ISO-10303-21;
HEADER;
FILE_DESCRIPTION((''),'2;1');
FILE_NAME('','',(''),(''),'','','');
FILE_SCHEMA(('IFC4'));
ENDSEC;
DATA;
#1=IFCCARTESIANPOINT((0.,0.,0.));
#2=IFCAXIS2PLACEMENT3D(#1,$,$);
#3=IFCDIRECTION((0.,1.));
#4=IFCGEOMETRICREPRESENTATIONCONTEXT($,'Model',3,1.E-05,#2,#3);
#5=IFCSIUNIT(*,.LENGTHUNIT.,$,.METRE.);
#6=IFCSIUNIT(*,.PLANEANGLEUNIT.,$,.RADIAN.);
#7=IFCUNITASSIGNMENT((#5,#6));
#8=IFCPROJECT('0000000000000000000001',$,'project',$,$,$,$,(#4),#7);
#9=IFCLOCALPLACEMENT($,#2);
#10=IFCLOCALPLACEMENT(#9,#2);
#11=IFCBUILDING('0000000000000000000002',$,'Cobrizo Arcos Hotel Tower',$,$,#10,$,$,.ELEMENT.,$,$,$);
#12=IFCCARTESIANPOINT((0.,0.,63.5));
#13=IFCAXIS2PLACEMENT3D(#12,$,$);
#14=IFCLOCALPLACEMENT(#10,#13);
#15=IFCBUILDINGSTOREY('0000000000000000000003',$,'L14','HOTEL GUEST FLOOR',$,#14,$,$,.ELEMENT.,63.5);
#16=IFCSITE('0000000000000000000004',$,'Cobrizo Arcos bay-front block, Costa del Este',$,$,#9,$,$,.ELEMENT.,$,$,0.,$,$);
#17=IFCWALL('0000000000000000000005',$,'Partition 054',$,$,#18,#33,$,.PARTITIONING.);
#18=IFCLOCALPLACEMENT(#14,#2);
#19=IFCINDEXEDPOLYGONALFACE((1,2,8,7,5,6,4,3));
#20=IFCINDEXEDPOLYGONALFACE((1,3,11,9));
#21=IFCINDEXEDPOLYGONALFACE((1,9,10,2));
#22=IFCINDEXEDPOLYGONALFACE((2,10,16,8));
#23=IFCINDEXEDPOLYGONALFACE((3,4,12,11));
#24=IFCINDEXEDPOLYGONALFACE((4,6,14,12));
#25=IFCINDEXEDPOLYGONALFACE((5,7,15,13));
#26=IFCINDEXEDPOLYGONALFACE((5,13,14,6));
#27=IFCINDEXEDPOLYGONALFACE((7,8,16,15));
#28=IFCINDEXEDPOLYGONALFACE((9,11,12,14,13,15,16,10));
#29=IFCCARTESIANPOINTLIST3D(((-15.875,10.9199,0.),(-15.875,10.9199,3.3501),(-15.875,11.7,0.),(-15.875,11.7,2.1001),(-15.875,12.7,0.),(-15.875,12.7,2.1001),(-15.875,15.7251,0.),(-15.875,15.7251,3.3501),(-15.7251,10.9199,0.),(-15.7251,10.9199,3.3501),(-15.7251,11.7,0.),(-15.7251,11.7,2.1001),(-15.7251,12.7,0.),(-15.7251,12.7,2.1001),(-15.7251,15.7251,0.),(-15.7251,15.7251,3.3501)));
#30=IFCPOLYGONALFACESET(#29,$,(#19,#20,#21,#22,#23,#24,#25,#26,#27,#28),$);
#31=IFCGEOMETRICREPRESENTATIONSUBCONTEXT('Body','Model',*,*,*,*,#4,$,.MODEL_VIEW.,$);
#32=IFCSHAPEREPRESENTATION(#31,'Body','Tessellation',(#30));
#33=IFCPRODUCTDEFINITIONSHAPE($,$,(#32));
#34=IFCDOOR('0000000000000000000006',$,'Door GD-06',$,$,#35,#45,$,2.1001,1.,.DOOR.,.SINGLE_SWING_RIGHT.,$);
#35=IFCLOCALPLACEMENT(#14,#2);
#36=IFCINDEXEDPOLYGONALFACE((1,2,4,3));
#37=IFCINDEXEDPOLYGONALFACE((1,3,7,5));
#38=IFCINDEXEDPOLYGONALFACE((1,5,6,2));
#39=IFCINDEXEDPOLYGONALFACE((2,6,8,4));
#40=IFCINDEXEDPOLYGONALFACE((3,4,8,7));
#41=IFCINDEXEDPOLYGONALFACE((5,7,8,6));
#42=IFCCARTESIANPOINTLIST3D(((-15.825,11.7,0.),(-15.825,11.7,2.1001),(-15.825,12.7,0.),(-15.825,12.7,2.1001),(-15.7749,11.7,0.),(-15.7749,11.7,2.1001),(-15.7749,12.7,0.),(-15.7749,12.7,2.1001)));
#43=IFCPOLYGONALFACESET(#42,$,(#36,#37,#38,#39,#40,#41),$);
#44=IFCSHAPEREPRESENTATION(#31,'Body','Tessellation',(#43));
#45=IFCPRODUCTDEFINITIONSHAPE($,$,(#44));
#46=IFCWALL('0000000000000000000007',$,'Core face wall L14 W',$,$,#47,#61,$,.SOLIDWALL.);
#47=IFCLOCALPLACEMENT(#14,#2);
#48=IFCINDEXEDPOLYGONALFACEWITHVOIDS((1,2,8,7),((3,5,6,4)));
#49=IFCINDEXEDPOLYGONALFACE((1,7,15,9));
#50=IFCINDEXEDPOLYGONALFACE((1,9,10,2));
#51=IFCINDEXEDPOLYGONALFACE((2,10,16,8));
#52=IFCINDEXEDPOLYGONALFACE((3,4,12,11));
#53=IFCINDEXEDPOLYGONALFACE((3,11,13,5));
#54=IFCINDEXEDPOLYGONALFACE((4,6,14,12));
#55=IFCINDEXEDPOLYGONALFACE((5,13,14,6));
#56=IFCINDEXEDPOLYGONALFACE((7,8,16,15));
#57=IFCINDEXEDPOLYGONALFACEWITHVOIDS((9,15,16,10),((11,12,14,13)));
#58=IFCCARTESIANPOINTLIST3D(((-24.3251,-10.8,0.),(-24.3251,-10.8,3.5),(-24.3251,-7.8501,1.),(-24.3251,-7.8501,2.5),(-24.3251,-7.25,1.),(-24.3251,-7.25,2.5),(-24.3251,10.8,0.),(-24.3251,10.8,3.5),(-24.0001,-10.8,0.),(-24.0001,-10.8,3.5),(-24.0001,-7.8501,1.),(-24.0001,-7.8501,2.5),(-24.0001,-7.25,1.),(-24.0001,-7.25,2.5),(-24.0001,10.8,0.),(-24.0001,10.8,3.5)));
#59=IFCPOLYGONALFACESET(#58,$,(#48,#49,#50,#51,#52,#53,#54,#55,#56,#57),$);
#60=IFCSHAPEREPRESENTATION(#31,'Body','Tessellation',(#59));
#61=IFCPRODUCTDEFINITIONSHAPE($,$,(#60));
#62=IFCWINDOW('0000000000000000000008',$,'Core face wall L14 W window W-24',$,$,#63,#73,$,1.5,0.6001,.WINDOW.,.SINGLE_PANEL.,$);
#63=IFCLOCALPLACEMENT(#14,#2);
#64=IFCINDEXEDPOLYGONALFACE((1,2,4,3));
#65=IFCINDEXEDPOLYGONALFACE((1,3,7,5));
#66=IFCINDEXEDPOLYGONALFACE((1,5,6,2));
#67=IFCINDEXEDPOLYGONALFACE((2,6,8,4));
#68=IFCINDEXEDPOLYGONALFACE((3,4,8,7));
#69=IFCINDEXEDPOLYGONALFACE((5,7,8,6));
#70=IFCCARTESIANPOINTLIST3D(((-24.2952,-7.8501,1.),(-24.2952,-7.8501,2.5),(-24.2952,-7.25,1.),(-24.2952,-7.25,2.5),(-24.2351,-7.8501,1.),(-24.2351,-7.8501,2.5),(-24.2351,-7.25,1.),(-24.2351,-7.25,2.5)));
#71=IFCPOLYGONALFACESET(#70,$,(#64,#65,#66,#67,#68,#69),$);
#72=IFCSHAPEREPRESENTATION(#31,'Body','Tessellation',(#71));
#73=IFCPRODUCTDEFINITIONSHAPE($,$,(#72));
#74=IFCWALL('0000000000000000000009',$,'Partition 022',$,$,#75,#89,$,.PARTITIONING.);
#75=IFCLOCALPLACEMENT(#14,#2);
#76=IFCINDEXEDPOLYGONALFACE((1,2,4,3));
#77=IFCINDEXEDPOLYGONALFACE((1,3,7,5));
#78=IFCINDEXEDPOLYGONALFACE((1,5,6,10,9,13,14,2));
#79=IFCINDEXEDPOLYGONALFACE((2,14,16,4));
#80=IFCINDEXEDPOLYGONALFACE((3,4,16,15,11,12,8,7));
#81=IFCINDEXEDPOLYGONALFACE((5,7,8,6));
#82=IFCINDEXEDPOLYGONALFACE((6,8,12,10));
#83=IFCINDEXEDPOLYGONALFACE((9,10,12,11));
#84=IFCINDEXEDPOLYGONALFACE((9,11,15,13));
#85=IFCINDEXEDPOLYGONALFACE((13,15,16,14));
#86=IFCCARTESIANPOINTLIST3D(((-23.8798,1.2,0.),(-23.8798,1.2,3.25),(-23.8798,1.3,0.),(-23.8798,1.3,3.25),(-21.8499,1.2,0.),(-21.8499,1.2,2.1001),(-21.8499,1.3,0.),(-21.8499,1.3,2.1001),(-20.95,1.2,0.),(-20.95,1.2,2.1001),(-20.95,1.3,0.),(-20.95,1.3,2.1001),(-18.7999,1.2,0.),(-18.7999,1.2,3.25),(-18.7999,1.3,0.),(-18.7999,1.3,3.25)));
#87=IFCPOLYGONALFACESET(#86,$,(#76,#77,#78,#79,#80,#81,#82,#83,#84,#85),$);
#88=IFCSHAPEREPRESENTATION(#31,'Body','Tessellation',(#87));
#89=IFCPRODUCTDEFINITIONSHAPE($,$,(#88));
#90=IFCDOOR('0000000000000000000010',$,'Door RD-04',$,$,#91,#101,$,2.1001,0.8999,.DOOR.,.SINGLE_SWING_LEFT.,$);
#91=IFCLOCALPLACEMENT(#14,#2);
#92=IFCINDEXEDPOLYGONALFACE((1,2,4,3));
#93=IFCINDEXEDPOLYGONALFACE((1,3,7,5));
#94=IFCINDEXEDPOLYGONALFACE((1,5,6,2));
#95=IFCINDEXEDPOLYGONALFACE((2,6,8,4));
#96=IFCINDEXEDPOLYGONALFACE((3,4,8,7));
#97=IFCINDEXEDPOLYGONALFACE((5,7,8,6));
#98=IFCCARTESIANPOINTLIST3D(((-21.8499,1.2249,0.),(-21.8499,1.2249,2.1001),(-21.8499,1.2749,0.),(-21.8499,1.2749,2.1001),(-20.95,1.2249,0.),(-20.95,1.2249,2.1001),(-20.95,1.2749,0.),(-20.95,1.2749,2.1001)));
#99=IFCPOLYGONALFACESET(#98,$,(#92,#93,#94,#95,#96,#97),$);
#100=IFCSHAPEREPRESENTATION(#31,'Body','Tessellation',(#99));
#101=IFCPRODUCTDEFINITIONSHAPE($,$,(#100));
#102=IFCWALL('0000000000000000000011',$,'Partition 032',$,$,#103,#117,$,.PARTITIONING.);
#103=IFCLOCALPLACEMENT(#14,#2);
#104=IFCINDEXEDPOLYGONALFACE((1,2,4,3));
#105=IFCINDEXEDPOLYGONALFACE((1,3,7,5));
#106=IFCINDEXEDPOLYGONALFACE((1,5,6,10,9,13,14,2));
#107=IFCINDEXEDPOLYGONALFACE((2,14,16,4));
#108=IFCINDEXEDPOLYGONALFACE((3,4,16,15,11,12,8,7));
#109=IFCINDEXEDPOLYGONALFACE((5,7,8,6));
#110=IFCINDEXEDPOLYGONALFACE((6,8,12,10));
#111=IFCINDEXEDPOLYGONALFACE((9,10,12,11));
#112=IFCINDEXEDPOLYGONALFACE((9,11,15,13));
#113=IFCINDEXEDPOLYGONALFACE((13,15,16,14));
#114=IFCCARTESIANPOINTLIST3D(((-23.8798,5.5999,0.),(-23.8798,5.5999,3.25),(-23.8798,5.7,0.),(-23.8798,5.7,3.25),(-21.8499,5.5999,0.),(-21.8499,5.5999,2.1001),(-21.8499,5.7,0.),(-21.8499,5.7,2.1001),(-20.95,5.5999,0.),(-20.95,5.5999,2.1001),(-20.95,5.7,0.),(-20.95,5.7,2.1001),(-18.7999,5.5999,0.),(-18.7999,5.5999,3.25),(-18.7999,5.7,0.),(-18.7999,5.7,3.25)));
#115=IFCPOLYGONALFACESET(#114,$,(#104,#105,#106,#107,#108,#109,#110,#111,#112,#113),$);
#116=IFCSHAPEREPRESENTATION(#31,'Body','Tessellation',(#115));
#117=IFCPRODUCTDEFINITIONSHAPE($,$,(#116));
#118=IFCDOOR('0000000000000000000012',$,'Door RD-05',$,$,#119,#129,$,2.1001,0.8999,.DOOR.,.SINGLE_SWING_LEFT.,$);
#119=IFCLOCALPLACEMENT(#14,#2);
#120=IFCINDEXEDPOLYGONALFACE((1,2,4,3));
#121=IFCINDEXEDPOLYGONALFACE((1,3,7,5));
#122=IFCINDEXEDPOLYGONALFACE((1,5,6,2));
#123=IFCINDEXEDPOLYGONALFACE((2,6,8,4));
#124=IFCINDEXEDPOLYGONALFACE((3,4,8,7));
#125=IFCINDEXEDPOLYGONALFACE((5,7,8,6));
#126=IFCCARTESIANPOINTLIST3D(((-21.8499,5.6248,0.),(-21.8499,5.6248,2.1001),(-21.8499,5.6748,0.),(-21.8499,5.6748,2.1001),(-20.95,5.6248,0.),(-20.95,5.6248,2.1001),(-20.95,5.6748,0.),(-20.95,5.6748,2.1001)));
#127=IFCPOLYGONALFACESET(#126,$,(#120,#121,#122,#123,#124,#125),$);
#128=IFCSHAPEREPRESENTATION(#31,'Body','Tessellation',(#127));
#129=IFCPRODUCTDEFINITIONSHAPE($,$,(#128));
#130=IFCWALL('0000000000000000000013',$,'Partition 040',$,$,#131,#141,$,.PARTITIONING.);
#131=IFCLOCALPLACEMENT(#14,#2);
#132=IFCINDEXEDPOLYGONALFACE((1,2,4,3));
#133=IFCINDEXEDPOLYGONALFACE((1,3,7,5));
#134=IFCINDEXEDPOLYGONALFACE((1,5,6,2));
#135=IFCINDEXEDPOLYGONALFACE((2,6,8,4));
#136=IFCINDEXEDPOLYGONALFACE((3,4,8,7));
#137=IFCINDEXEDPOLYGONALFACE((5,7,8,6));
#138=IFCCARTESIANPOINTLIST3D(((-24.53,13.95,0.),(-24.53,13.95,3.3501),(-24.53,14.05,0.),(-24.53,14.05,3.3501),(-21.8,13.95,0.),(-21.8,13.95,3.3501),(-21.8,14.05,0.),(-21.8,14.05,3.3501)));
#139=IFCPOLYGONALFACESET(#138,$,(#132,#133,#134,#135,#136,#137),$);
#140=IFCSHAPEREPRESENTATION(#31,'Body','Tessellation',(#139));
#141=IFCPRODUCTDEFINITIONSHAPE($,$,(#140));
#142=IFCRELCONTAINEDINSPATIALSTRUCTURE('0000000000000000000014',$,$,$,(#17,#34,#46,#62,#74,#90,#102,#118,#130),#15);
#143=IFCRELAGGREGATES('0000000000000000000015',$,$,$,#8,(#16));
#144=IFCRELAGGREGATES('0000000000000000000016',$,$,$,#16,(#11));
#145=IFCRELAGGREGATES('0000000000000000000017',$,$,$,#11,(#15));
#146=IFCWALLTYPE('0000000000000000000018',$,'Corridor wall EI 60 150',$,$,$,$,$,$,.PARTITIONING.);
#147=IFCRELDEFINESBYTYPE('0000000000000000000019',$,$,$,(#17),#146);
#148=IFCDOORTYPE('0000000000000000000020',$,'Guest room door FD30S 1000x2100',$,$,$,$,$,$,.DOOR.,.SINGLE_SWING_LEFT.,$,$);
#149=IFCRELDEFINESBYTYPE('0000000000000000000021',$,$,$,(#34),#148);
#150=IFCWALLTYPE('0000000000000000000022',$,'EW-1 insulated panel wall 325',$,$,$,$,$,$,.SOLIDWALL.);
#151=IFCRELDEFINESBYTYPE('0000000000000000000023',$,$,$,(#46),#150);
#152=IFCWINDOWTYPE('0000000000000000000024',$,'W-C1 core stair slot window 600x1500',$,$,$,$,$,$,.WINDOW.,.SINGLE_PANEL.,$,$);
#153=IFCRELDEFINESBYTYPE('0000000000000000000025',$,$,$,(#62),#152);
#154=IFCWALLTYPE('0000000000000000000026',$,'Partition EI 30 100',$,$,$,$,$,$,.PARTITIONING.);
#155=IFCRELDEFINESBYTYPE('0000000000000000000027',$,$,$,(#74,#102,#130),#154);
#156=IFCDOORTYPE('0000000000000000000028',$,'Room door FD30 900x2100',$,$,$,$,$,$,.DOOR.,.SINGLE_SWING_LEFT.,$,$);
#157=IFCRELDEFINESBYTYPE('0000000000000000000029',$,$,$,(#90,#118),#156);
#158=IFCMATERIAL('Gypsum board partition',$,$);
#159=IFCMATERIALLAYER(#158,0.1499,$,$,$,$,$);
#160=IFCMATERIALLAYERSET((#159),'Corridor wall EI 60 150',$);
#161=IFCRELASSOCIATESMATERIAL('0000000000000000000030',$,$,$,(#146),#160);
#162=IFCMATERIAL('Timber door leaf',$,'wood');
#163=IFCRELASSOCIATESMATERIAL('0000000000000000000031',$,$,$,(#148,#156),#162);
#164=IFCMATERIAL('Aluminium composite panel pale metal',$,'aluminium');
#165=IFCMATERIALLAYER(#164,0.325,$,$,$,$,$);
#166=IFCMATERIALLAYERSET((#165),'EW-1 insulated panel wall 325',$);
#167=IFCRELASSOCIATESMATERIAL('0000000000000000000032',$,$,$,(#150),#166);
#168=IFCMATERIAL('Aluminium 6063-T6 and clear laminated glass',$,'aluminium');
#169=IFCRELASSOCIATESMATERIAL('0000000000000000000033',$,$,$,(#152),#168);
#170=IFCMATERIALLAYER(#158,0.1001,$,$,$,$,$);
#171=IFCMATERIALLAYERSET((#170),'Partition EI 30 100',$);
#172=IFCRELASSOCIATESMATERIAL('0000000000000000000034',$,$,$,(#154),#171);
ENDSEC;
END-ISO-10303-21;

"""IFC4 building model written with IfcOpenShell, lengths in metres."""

from ifc_helpers import new_model, si_unit, direction, frame, frame_2d, origin, place, context, subcontext, project, spatial, rectangle, extrude, material, layer, layer_set, type_object, element, fill, save


model = new_model("IFC4")

# Units and contexts
model_context = context("Model", 3, precision=1e-05, world=origin(), true_north=direction((0.0, 1.0)))
body_context = subcontext(model_context, "Body", "Model", "MODEL_VIEW")
ifc_project = project(units=[si_unit("LENGTHUNIT", "METRE"), si_unit("PLANEANGLEUNIT", "RADIAN")], contexts=[model_context])

# Site, building, storey
site_placement = place(None, origin())
site = spatial("IfcSite", under=ifc_project, at=site_placement, Name="Cobrizo Arcos bay-front block, Costa del Este", CompositionType="ELEMENT", RefElevation=0.0)
building_placement = place(site_placement, origin())
building = spatial("IfcBuilding", under=site, at=building_placement, Name="Cobrizo Arcos Hotel Tower", CompositionType="ELEMENT")
storey_placement = place(building_placement, frame((0.0, 0.0, 63.5)))
storey = spatial("IfcBuildingStorey", under=building, at=storey_placement, Name="L14", Description="HOTEL GUEST FLOOR", CompositionType="ELEMENT", Elevation=63.5)

# Shared definitions
ifc_material_1 = material(Name="Aluminium composite panel pale metal", Category="aluminium")

# Wall, opening, door
ifc_material_2 = material(Name="Gypsum board partition")
ifc_layer_1 = layer(ifc_material_2, 0.1499)
ifc_layer_set_1 = layer_set([ifc_layer_1], Name="Corridor wall EI 60 150")
wall_type_1 = type_object("IfcWallType", Name="Corridor wall EI 60 150", PredefinedType="PARTITIONING", material=ifc_layer_set_1)
wall_1_placement = place(storey_placement, frame((-15.8, 10.9199, 0.0), z_axis=(0.0, 0.0, 1.0), x_axis=(0.0, 1.0, 0.0)))
wall_1 = element("IfcWall", 1, at=wall_1_placement, inside=storey, type_object=wall_type_1, Name="Partition 054", PredefinedType="PARTITIONING", context=body_context, shape_type="SweptSolid", body=[
    extrude(rectangle(XDim=4.8052, YDim=0.1499, at=frame_2d((2.4026, 0.0))), origin(), (0.0, 0.0, 1.0), 3.3501),
])
opening_1_placement = place(wall_1_placement, frame((0.78, 0.0, 0.0)))
opening_1 = element("IfcOpeningElement", 2, at=opening_1_placement, cuts=wall_1, PredefinedType="OPENING", context=body_context, shape_type="SweptSolid", body=[
    extrude(rectangle(XDim=1.0, YDim=2.1001, at=frame_2d((0.5, 1.05))), frame((0.0, 0.0869, 0.0), z_axis=(0.0, -1.0, 0.0), x_axis=(1.0, 0.0, 0.0)), (0.0, 0.0, 1.0), 0.1738),
])
ifc_material_3 = material(Name="Timber door leaf", Category="wood")
door_type_1 = type_object("IfcDoorType", Name="Guest room door FD30S 1000x2100", OperationType="SINGLE_SWING_LEFT", PredefinedType="DOOR", material=ifc_material_3)
door_1_placement = place(opening_1_placement, origin())
door_1 = element("IfcDoor", 3, at=door_1_placement, inside=storey, type_object=door_type_1, Name="Door GD-06", OperationType="SINGLE_SWING_RIGHT", OverallHeight=2.1001, OverallWidth=1.0, PredefinedType="DOOR", context=body_context, shape_type="SweptSolid", body=[
    extrude(rectangle(XDim=1.0, YDim=2.1001, at=frame_2d((0.5, 1.05))), frame((0.0, 0.0249, 0.0), z_axis=(0.0, -1.0, 0.0), x_axis=(1.0, 0.0, 0.0)), (0.0, 0.0, 1.0), 0.05),
])
fill(opening_1, door_1)

# Wall, opening, window
ifc_layer_2 = layer(ifc_material_1, 0.325)
ifc_layer_set_2 = layer_set([ifc_layer_2], Name="EW-1 insulated panel wall 325")
wall_type_2 = type_object("IfcWallType", Name="EW-1 insulated panel wall 325", PredefinedType="SOLIDWALL", material=ifc_layer_set_2)
wall_2_placement = place(storey_placement, frame((-24.1626, 10.8, 0.0), z_axis=(0.0, 0.0, 1.0), x_axis=(0.0, -1.0, 0.0)))
wall_2 = element("IfcWall", 4, at=wall_2_placement, inside=storey, type_object=wall_type_2, Name="Core face wall L14 W", PredefinedType="SOLIDWALL", context=body_context, shape_type="SweptSolid", body=[
    extrude(rectangle(XDim=21.6001, YDim=0.325, at=frame_2d((10.8, 0.0))), origin(), (0.0, 0.0, 1.0), 3.5),
])
opening_2_placement = place(wall_2_placement, frame((18.05, 0.0, 1.0)))
opening_2 = element("IfcOpeningElement", 5, at=opening_2_placement, cuts=wall_2, PredefinedType="OPENING", context=body_context, shape_type="SweptSolid", body=[
    extrude(rectangle(XDim=0.6001, YDim=1.5, at=frame_2d((0.3, 0.75))), frame((0.0, 0.1746, 0.0), z_axis=(0.0, -1.0, 0.0), x_axis=(1.0, 0.0, 0.0)), (0.0, 0.0, 1.0), 0.3489),
])
ifc_material_4 = material(Name="Aluminium 6063-T6 and clear laminated glass", Category="aluminium")
window_type = type_object("IfcWindowType", Name="W-C1 core stair slot window 600x1500", PartitioningType="SINGLE_PANEL", PredefinedType="WINDOW", material=ifc_material_4)
window_placement = place(opening_2_placement, origin())
window = element("IfcWindow", 6, at=window_placement, inside=storey, type_object=window_type, Name="Core face wall L14 W window W-24", OverallHeight=1.5, OverallWidth=0.6001, PartitioningType="SINGLE_PANEL", PredefinedType="WINDOW", context=body_context, shape_type="SweptSolid", body=[
    extrude(rectangle(XDim=0.6001, YDim=1.5, at=frame_2d((0.3, 0.75))), frame((0.0, -0.0725, 0.0), z_axis=(0.0, -1.0, 0.0), x_axis=(1.0, 0.0, 0.0)), (0.0, 0.0, 1.0), 0.0601),
])
fill(opening_2, window)

# Walls, openings, doors
ifc_layer_3 = layer(ifc_material_2, 0.1001)
ifc_layer_set_3 = layer_set([ifc_layer_3], Name="Partition EI 30 100")
wall_type_3 = type_object("IfcWallType", Name="Partition EI 30 100", PredefinedType="PARTITIONING", material=ifc_layer_set_3)
wall_3_placement = place(storey_placement, frame((-23.8799, 1.25, 0.0), z_axis=(0.0, 0.0, 1.0), x_axis=(1.0, 0.0, 0.0)))
wall_3 = element("IfcWall", 7, at=wall_3_placement, inside=storey, type_object=wall_type_3, Name="Partition 022", PredefinedType="PARTITIONING", context=body_context, shape_type="SweptSolid", body=[
    extrude(rectangle(XDim=5.0798, YDim=0.1001, at=frame_2d((2.54, 0.0))), origin(), (0.0, 0.0, 1.0), 3.25),
])
opening_3_placement = place(wall_3_placement, frame((2.03, 0.0, 0.0)))
opening_3 = element("IfcOpeningElement", 8, at=opening_3_placement, cuts=wall_3, PredefinedType="OPENING", context=body_context, shape_type="SweptSolid", body=[
    extrude(rectangle(XDim=0.8999, YDim=2.1001, at=frame_2d((0.45, 1.05))), frame((0.0, 0.062, 0.0), z_axis=(0.0, -1.0, 0.0), x_axis=(1.0, 0.0, 0.0)), (0.0, 0.0, 1.0), 0.124),
])
door_type_2 = type_object("IfcDoorType", Name="Room door FD30 900x2100", OperationType="SINGLE_SWING_LEFT", PredefinedType="DOOR", material=ifc_material_3)
door_2_placement = place(opening_3_placement, origin())
door_2 = element("IfcDoor", 9, at=door_2_placement, inside=storey, type_object=door_type_2, Name="Door RD-04", OperationType="SINGLE_SWING_LEFT", OverallHeight=2.1001, OverallWidth=0.8999, PredefinedType="DOOR", context=body_context, shape_type="SweptSolid", body=[
    extrude(rectangle(XDim=0.8999, YDim=2.1001, at=frame_2d((0.45, 1.05))), frame((0.0, 0.0249, 0.0), z_axis=(0.0, -1.0, 0.0), x_axis=(1.0, 0.0, 0.0)), (0.0, 0.0, 1.0), 0.05),
])
fill(opening_3, door_2)
wall_4_placement = place(storey_placement, frame((-23.8799, 5.6499, 0.0), z_axis=(0.0, 0.0, 1.0), x_axis=(1.0, 0.0, 0.0)))
wall_4 = element("IfcWall", 10, at=wall_4_placement, inside=storey, type_object=wall_type_3, Name="Partition 032", PredefinedType="PARTITIONING", context=body_context, shape_type="SweptSolid", body=[
    extrude(rectangle(XDim=5.0798, YDim=0.1001, at=frame_2d((2.54, 0.0))), origin(), (0.0, 0.0, 1.0), 3.25),
])
opening_4_placement = place(wall_4_placement, frame((2.03, 0.0, 0.0)))
opening_4 = element("IfcOpeningElement", 11, at=opening_4_placement, cuts=wall_4, PredefinedType="OPENING", context=body_context, shape_type="SweptSolid", body=[
    extrude(rectangle(XDim=0.8999, YDim=2.1001, at=frame_2d((0.45, 1.05))), frame((0.0, 0.062, 0.0), z_axis=(0.0, -1.0, 0.0), x_axis=(1.0, 0.0, 0.0)), (0.0, 0.0, 1.0), 0.124),
])
door_3_placement = place(opening_4_placement, origin())
door_3 = element("IfcDoor", 12, at=door_3_placement, inside=storey, type_object=door_type_2, Name="Door RD-05", OperationType="SINGLE_SWING_LEFT", OverallHeight=2.1001, OverallWidth=0.8999, PredefinedType="DOOR", context=body_context, shape_type="SweptSolid", body=[
    extrude(rectangle(XDim=0.8999, YDim=2.1001, at=frame_2d((0.45, 1.05))), frame((0.0, 0.0249, 0.0), z_axis=(0.0, -1.0, 0.0), x_axis=(1.0, 0.0, 0.0)), (0.0, 0.0, 1.0), 0.05),
])
fill(opening_4, door_3)

# Wall
wall_5_placement = place(storey_placement, frame((-24.53, 14.0, 0.0), z_axis=(0.0, 0.0, 1.0), x_axis=(1.0, 0.0, 0.0)))
element("IfcWall", 13, at=wall_5_placement, inside=storey, type_object=wall_type_3, Name="Partition 040", PredefinedType="PARTITIONING", context=body_context, shape_type="SweptSolid", body=[
    extrude(rectangle(XDim=2.73, YDim=0.1001, at=frame_2d((1.365, 0.0))), origin(), (0.0, 0.0, 1.0), 3.3501),
])

save(model, "model.ifc")
